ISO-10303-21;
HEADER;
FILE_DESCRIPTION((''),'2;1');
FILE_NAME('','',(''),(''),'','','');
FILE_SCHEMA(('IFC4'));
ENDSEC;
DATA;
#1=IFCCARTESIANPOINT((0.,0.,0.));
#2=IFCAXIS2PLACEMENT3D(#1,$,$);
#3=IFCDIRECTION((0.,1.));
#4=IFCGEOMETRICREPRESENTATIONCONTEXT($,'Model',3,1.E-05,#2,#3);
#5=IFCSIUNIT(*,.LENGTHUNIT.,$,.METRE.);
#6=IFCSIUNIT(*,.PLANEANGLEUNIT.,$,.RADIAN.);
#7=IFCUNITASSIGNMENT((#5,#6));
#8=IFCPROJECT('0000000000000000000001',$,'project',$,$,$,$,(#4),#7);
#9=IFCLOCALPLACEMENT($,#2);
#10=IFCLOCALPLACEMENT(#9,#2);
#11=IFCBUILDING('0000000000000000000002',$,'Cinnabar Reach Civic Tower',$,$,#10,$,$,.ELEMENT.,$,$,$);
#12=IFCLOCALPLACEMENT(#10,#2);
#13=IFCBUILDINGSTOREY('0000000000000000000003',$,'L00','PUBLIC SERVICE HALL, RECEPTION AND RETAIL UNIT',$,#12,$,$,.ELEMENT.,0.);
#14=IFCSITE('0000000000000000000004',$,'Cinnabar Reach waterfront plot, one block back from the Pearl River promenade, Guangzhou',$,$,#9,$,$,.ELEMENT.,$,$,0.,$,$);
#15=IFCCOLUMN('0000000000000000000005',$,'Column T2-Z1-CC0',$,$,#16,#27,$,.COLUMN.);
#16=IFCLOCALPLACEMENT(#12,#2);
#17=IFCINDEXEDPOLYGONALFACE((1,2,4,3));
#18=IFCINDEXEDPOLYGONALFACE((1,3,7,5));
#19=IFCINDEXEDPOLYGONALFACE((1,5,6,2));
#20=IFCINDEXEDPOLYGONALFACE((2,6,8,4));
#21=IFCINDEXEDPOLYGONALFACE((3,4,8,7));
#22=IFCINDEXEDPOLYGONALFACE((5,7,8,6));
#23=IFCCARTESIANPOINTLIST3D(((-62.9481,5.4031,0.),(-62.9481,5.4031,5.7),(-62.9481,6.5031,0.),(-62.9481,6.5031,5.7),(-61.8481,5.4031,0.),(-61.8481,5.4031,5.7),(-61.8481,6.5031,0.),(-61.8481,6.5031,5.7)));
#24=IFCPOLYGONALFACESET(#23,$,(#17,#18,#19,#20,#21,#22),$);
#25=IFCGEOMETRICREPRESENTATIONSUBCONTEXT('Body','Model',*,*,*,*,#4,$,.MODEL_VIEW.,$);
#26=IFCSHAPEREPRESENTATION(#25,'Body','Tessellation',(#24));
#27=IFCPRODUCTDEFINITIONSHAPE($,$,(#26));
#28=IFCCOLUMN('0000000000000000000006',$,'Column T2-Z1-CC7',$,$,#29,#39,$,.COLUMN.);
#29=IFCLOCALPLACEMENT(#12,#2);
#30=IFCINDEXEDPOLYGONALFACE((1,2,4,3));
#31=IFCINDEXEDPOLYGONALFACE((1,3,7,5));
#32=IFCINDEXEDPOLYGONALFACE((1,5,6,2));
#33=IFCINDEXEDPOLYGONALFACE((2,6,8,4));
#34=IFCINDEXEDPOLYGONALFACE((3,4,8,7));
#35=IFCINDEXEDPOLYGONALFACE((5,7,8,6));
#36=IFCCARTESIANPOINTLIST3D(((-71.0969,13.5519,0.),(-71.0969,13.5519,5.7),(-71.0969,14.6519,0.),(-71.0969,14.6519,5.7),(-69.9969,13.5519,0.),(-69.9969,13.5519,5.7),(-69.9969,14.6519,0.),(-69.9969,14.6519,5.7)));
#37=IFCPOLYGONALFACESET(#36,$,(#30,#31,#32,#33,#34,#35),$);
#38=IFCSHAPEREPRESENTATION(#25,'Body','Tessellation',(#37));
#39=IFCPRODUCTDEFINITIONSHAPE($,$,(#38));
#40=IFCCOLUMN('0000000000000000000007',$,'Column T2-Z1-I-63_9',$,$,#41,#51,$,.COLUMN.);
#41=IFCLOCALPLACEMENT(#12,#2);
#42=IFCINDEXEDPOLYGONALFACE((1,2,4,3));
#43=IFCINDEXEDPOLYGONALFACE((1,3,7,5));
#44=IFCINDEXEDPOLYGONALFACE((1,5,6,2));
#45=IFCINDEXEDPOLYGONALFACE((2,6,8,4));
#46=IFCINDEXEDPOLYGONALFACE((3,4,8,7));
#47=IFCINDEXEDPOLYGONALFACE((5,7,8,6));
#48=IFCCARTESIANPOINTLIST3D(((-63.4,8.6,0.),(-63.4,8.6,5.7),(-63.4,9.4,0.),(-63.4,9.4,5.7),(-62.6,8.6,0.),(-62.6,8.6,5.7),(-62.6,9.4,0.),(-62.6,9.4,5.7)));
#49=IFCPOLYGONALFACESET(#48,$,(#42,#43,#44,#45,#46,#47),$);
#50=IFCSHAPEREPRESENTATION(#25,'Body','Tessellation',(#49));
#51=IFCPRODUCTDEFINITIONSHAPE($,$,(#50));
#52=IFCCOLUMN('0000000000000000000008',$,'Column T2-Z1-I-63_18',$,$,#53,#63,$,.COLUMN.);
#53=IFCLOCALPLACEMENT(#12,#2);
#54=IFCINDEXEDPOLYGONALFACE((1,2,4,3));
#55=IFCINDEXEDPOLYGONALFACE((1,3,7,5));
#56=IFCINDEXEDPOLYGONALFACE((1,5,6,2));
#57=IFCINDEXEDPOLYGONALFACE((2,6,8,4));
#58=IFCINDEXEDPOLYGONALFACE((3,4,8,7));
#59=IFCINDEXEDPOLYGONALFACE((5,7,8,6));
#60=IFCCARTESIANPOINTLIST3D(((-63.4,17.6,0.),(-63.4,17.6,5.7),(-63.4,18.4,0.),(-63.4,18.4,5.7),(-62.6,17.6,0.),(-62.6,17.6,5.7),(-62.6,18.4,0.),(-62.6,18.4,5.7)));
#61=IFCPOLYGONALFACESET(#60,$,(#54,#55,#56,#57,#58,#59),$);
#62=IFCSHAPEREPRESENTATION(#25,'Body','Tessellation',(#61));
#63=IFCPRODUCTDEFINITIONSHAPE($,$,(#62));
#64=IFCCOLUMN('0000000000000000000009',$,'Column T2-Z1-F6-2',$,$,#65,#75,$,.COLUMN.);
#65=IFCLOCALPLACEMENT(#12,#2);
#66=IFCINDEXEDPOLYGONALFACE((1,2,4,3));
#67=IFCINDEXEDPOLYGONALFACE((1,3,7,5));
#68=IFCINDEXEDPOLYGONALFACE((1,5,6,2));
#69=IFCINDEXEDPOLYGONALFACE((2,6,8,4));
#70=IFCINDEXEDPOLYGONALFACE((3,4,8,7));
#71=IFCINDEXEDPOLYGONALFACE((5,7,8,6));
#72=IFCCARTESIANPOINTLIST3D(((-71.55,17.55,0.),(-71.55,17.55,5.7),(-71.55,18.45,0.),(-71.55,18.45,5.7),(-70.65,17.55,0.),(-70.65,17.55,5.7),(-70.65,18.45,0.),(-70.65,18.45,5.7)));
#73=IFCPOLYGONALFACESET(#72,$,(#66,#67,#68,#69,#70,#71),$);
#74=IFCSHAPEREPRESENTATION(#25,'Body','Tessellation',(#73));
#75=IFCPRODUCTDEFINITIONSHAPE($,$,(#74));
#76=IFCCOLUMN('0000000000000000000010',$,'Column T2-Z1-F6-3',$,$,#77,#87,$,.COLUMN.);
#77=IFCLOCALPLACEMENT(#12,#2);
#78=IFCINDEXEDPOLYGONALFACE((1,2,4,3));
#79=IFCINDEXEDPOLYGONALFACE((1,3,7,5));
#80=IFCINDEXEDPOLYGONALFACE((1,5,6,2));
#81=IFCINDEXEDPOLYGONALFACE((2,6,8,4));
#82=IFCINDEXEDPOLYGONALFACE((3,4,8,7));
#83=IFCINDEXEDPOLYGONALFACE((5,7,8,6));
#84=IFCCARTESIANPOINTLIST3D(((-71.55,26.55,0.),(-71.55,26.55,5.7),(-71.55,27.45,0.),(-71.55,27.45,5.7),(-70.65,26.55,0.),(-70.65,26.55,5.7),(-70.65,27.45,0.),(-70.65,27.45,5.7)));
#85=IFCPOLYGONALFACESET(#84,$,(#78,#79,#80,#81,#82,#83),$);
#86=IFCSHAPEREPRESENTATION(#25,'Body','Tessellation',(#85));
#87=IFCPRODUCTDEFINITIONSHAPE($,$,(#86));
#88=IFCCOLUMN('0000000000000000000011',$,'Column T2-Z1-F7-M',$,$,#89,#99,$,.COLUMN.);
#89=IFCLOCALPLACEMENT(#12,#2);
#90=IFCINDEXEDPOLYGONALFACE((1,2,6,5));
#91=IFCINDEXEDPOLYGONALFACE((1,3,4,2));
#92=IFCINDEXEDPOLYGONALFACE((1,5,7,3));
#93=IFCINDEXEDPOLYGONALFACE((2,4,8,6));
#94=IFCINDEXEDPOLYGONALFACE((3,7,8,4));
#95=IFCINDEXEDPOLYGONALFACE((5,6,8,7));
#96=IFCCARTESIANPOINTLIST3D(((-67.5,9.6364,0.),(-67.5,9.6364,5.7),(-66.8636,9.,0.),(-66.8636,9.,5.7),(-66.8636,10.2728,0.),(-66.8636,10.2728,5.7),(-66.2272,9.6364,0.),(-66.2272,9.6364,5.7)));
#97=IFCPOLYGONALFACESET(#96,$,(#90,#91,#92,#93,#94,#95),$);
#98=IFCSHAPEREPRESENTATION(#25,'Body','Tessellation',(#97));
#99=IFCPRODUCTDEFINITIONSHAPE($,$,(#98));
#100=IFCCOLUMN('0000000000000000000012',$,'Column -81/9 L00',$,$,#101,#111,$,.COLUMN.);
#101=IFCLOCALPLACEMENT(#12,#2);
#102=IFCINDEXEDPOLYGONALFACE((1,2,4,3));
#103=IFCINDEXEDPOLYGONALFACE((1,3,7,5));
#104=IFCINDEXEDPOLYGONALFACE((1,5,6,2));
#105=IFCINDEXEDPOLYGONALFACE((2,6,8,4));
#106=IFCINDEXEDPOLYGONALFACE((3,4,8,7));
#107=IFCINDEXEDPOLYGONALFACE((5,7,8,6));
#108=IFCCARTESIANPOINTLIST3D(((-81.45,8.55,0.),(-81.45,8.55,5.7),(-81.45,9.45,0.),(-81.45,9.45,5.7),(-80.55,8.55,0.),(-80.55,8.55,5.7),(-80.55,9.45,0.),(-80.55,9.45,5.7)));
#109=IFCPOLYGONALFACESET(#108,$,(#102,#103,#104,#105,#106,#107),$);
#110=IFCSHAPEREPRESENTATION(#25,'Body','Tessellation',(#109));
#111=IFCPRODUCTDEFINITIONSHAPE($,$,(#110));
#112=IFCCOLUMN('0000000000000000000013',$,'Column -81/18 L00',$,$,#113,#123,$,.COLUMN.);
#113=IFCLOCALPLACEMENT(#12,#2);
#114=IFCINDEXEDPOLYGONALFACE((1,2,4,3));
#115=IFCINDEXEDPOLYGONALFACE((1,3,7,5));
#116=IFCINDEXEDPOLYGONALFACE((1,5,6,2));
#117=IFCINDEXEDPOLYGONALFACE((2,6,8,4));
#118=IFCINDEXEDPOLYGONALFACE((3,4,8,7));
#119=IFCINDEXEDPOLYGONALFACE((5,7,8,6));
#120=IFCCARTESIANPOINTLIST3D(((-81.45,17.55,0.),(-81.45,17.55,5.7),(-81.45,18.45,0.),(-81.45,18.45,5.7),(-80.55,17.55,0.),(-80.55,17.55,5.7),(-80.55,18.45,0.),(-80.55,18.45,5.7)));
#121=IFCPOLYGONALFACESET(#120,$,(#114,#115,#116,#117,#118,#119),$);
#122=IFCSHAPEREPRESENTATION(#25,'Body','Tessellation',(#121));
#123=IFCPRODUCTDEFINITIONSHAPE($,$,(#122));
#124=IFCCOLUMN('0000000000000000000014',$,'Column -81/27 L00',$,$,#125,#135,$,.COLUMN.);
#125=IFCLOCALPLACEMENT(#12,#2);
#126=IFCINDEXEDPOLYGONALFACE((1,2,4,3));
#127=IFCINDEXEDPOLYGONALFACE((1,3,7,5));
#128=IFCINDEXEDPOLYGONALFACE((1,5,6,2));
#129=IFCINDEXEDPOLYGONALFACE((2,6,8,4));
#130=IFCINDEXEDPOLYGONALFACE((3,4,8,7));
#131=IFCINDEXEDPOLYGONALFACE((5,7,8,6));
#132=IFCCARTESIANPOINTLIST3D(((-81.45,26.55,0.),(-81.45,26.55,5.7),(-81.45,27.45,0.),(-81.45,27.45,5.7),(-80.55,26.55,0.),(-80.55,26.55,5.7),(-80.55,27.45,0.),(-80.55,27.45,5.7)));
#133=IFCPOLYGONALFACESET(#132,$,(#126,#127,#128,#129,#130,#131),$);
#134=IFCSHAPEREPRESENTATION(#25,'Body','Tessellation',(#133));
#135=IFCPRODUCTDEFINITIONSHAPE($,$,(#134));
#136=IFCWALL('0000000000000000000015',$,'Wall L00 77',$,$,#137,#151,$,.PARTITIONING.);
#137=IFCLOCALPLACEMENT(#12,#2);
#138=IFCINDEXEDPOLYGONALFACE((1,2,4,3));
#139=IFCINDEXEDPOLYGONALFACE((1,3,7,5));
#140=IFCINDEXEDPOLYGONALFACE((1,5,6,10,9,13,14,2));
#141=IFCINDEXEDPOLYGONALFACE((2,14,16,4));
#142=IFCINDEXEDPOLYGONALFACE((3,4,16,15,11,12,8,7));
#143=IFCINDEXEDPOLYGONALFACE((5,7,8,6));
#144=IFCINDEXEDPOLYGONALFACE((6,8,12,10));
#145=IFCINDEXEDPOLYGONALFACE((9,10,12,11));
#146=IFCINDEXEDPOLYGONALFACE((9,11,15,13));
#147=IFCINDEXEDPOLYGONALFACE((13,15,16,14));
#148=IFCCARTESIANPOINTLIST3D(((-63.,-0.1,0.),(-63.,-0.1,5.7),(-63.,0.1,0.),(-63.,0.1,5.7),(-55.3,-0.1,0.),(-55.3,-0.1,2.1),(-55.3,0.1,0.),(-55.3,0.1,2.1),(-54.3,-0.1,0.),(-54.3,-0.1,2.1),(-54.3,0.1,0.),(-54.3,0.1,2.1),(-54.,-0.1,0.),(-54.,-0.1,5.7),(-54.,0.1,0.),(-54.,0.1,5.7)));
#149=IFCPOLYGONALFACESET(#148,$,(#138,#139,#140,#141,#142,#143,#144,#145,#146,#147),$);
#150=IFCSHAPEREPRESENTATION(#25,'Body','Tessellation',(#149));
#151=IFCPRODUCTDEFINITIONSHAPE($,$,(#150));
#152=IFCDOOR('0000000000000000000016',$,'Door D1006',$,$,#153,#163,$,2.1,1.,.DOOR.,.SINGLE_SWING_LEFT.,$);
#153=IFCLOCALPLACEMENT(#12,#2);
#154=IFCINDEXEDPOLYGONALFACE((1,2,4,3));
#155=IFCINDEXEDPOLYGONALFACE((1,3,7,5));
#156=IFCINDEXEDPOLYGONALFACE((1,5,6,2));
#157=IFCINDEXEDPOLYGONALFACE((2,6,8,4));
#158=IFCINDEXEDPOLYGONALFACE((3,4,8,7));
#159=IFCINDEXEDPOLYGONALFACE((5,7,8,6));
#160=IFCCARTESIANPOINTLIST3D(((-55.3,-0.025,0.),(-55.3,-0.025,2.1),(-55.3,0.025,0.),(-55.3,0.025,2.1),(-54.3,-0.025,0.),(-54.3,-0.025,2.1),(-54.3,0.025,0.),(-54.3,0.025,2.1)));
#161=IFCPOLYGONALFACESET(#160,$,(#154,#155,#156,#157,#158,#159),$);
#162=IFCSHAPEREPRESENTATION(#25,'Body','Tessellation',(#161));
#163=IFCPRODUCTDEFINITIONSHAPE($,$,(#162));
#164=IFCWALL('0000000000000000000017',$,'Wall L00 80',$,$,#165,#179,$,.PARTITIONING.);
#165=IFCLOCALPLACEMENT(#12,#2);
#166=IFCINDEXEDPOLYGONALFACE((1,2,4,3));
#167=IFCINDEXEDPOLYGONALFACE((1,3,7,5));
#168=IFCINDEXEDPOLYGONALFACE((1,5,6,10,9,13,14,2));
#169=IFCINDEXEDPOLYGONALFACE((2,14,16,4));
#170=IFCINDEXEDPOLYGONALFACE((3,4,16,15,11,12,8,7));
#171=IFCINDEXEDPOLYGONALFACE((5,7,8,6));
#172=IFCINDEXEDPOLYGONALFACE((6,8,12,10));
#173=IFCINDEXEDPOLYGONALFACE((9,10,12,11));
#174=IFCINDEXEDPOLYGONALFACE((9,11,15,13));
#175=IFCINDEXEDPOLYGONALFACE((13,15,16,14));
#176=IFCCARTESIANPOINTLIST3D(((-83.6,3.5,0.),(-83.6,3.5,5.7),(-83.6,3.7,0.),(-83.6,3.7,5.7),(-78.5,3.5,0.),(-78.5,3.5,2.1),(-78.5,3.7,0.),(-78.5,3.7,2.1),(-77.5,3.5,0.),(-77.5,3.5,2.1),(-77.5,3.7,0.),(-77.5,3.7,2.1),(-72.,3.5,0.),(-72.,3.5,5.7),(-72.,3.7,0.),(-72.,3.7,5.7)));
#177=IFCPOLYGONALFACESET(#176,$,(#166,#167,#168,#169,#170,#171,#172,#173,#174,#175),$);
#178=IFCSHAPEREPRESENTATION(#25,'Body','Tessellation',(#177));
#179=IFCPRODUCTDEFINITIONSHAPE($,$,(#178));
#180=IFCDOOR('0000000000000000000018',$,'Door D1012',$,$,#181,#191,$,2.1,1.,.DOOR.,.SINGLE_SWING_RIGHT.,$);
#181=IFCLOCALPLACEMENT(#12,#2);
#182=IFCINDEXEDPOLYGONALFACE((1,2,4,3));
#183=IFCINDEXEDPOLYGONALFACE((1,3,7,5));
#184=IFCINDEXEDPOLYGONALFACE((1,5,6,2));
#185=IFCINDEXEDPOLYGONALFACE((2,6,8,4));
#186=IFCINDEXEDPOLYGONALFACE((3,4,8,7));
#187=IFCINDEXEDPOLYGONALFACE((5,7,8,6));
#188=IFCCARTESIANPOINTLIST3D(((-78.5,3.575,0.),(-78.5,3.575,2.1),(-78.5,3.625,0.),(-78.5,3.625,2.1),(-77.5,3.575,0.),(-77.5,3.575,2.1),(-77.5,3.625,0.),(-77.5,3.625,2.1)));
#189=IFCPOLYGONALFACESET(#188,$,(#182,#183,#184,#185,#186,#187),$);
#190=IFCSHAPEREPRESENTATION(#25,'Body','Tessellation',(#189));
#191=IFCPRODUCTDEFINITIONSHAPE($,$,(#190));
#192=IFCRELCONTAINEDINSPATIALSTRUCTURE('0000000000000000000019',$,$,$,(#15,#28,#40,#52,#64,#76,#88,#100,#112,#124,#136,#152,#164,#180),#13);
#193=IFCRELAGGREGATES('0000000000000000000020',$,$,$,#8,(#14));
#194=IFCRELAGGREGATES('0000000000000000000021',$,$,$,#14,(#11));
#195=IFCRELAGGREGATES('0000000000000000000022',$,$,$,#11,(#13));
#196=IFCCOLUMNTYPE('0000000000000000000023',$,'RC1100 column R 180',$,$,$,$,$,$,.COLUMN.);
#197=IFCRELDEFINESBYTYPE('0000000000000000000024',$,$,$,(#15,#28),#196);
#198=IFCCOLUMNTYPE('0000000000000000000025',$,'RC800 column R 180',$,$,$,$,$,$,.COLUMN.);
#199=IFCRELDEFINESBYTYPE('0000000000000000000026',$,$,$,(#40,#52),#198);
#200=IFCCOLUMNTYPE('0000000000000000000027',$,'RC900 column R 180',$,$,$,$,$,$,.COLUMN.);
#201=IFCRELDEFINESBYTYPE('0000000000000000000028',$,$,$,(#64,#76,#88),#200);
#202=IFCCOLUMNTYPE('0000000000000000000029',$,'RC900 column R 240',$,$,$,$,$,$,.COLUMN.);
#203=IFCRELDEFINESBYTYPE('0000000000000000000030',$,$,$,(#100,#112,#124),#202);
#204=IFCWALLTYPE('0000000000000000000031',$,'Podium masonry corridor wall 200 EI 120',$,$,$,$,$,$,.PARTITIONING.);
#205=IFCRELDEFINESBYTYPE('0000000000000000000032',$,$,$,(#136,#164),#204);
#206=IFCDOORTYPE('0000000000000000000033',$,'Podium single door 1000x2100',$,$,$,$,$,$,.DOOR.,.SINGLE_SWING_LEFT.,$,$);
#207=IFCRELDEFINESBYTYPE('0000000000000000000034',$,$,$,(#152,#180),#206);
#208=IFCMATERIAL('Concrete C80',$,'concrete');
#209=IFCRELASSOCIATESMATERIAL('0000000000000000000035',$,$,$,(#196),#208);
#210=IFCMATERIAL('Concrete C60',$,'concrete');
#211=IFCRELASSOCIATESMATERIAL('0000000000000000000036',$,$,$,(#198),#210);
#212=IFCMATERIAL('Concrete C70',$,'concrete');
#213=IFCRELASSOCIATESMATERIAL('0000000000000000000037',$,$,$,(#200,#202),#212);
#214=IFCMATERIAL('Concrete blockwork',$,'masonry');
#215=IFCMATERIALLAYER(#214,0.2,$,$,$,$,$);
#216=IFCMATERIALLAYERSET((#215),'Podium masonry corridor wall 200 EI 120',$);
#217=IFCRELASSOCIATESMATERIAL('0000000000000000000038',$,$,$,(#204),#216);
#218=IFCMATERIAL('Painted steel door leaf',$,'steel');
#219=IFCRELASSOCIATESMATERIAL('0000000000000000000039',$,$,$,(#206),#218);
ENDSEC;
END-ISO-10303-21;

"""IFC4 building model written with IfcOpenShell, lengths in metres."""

from ifc_helpers import new_model, si_unit, direction, frame, frame_2d, origin, origin_2d, place, context, subcontext, project, spatial, rectangle, extrude, material, layer, layer_set, material_profile, profile_set, type_object, element, fill, save


model = new_model("IFC4")

# Units and contexts
model_context = context("Model", 3, precision=1e-05, world=origin(), true_north=direction((0.0, 1.0)))
body_context = subcontext(model_context, "Body", "Model", "MODEL_VIEW")
ifc_project = project(units=[si_unit("LENGTHUNIT", "METRE"), si_unit("PLANEANGLEUNIT", "RADIAN")], contexts=[model_context])

# Site, building, storey
site_placement = place(None, origin())
site = spatial("IfcSite", under=ifc_project, at=site_placement, Name="Cinnabar Reach waterfront plot, one block back from the Pearl River promenade, Guangzhou", CompositionType="ELEMENT", RefElevation=0.0)
building_placement = place(site_placement, origin())
building = spatial("IfcBuilding", under=site, at=building_placement, Name="Cinnabar Reach Civic Tower", CompositionType="ELEMENT")
storey_placement = place(building_placement, origin())
storey = spatial("IfcBuildingStorey", under=building, at=storey_placement, Name="L00", Description="PUBLIC SERVICE HALL, RECEPTION AND RETAIL UNIT", CompositionType="ELEMENT", Elevation=0.0)

# Columns
ifc_material_1 = material(Name="Concrete C80", Category="concrete")
ifc_material_profile_1 = material_profile(ifc_material_1, rectangle(XDim=1.1, YDim=1.1, at=origin_2d()), Name="RC1100")
ifc_profile_set_1 = profile_set([ifc_material_profile_1], Name="Concrete C80")
column_type_1 = type_object("IfcColumnType", Name="RC1100 column R 180", PredefinedType="COLUMN", material=ifc_profile_set_1)
for number, where, z_axis, x_axis, name in (
    (1, (-62.3981, 5.9531, 0.0), (0.0, 0.0, 1.0), (1.0, 0.0, 0.0), "Column T2-Z1-CC0"),
    (2, (-70.5469, 14.1019, 0.0), (0.0, 0.0, 1.0), (1.0, 0.0, 0.0), "Column T2-Z1-CC7"),
):
    element("IfcColumn", number, at=place(storey_placement, frame(where, z_axis=z_axis, x_axis=x_axis)), inside=storey, type_object=column_type_1, Name=name, PredefinedType="COLUMN", context=body_context, shape_type="SweptSolid", body=[
        extrude(rectangle(XDim=1.1, YDim=1.1, at=origin_2d()), origin(), (0.0, 0.0, 1.0), 5.7),
    ])
ifc_material_2 = material(Name="Concrete C60", Category="concrete")
ifc_material_profile_2 = material_profile(ifc_material_2, rectangle(XDim=0.8, YDim=0.8, at=origin_2d()), Name="RC800")
ifc_profile_set_2 = profile_set([ifc_material_profile_2], Name="Concrete C60")
column_type_2 = type_object("IfcColumnType", Name="RC800 column R 180", PredefinedType="COLUMN", material=ifc_profile_set_2)
for number, where, z_axis, x_axis, name in (
    (3, (-63.0, 9.0, 0.0), (0.0, 0.0, 1.0), (1.0, 0.0, 0.0), "Column T2-Z1-I-63_9"),
    (4, (-63.0, 18.0, 0.0), (0.0, 0.0, 1.0), (1.0, 0.0, 0.0), "Column T2-Z1-I-63_18"),
):
    element("IfcColumn", number, at=place(storey_placement, frame(where, z_axis=z_axis, x_axis=x_axis)), inside=storey, type_object=column_type_2, Name=name, PredefinedType="COLUMN", context=body_context, shape_type="SweptSolid", body=[
        extrude(rectangle(XDim=0.8, YDim=0.8, at=origin_2d()), origin(), (0.0, 0.0, 1.0), 5.7),
    ])
ifc_material_3 = material(Name="Concrete C70", Category="concrete")
ifc_material_profile_3 = material_profile(ifc_material_3, rectangle(XDim=0.9, YDim=0.9, at=origin_2d()), Name="RC900")
ifc_profile_set_3 = profile_set([ifc_material_profile_3], Name="Concrete C70")
column_type_3 = type_object("IfcColumnType", Name="RC900 column R 180", PredefinedType="COLUMN", material=ifc_profile_set_3)
for number, where, z_axis, x_axis, name in (
    (5, (-71.1, 18.0, 0.0), (0.0, 0.0, 1.0), (1.0, 0.0, 0.0), "Column T2-Z1-F6-2"),
    (6, (-71.1, 27.0, 0.0), (0.0, 0.0, 1.0), (1.0, 0.0, 0.0), "Column T2-Z1-F6-3"),
    (7, (-66.8636, 9.6364, 0.0), (0.0, 0.0, 1.0), (0.707107, 0.707107, 0.0), "Column T2-Z1-F7-M"),
):
    element("IfcColumn", number, at=place(storey_placement, frame(where, z_axis=z_axis, x_axis=x_axis)), inside=storey, type_object=column_type_3, Name=name, PredefinedType="COLUMN", context=body_context, shape_type="SweptSolid", body=[
        extrude(rectangle(XDim=0.9, YDim=0.9, at=origin_2d()), origin(), (0.0, 0.0, 1.0), 5.7),
    ])
ifc_material_profile_4 = material_profile(ifc_material_3, rectangle(XDim=0.9, YDim=0.9, at=origin_2d()), Name="RC900")
ifc_profile_set_4 = profile_set([ifc_material_profile_4], Name="Concrete C70")
column_type_4 = type_object("IfcColumnType", Name="RC900 column R 240", PredefinedType="COLUMN", material=ifc_profile_set_4)
for number, where, z_axis, x_axis, name in (
    (8, (-81.0, 9.0, 0.0), (0.0, 0.0, 1.0), (1.0, 0.0, 0.0), "Column -81/9 L00"),
    (9, (-81.0, 18.0, 0.0), (0.0, 0.0, 1.0), (1.0, 0.0, 0.0), "Column -81/18 L00"),
    (10, (-81.0, 27.0, 0.0), (0.0, 0.0, 1.0), (1.0, 0.0, 0.0), "Column -81/27 L00"),
):
    element("IfcColumn", number, at=place(storey_placement, frame(where, z_axis=z_axis, x_axis=x_axis)), inside=storey, type_object=column_type_4, Name=name, PredefinedType="COLUMN", context=body_context, shape_type="SweptSolid", body=[
        extrude(rectangle(XDim=0.9, YDim=0.9, at=origin_2d()), origin(), (0.0, 0.0, 1.0), 5.7),
    ])

# Walls, openings, doors
ifc_material_4 = material(Name="Concrete blockwork", Category="masonry")
ifc_layer_1 = layer(ifc_material_4, 0.2)
ifc_layer_set_1 = layer_set([ifc_layer_1], Name="Podium masonry corridor wall 200 EI 120")
wall_type_1 = type_object("IfcWallType", Name="Podium masonry corridor wall 200 EI 120", PredefinedType="PARTITIONING", material=ifc_layer_set_1)
wall_1_placement = place(storey_placement, frame((-63.0, 0.0, 0.0), z_axis=(0.0, 0.0, 1.0), x_axis=(1.0, 0.0, 0.0)))
wall_1 = element("IfcWall", 11, at=wall_1_placement, inside=storey, type_object=wall_type_1, Name="Wall L00 77", PredefinedType="PARTITIONING", context=body_context, shape_type="SweptSolid", body=[
    extrude(rectangle(XDim=9.0, YDim=0.2, at=frame_2d((4.5, 0.0))), origin(), (0.0, 0.0, 1.0), 5.7),
])
opening_1_placement = place(wall_1_placement, frame((7.7, 0.0, 0.0)))
opening_1 = element("IfcOpeningElement", 12, at=opening_1_placement, cuts=wall_1, PredefinedType="OPENING", context=body_context, shape_type="SweptSolid", body=[
    extrude(rectangle(XDim=1.0, YDim=2.1, at=frame_2d((0.5, 1.05))), frame((0.0, 0.11, 0.0), z_axis=(0.0, -1.0, 0.0), x_axis=(1.0, 0.0, 0.0)), (0.0, 0.0, 1.0), 0.22),
])
ifc_material_5 = material(Name="Painted steel door leaf", Category="steel")
door_type_1 = type_object("IfcDoorType", Name="Podium single door 1000x2100", OperationType="SINGLE_SWING_LEFT", PredefinedType="DOOR", material=ifc_material_5)
door_1_placement = place(opening_1_placement, frame((1.0, 0.0, 0.0), z_axis=(0.0, 0.0, 1.0), x_axis=(-1.0, 0.0, 0.0)))
door_1 = element("IfcDoor", 13, at=door_1_placement, inside=storey, type_object=door_type_1, Name="Door D1006", OperationType="SINGLE_SWING_LEFT", OverallHeight=2.1, OverallWidth=1.0, PredefinedType="DOOR", context=body_context, shape_type="SweptSolid", body=[
    extrude(rectangle(XDim=1.0, YDim=2.1, at=frame_2d((0.5, 1.05))), frame((0.0, 0.025, 0.0), z_axis=(0.0, -1.0, 0.0), x_axis=(1.0, 0.0, 0.0)), (0.0, 0.0, 1.0), 0.05),
])
fill(opening_1, door_1)
wall_2_placement = place(storey_placement, frame((-83.6, 3.6, 0.0), z_axis=(0.0, 0.0, 1.0), x_axis=(1.0, 0.0, 0.0)))
wall_2 = element("IfcWall", 14, at=wall_2_placement, inside=storey, type_object=wall_type_1, Name="Wall L00 80", PredefinedType="PARTITIONING", context=body_context, shape_type="SweptSolid", body=[
    extrude(rectangle(XDim=11.6, YDim=0.2, at=frame_2d((5.8, 0.0))), origin(), (0.0, 0.0, 1.0), 5.7),
])
opening_2_placement = place(wall_2_placement, frame((5.1, 0.0, 0.0)))
opening_2 = element("IfcOpeningElement", 15, at=opening_2_placement, cuts=wall_2, PredefinedType="OPENING", context=body_context, shape_type="SweptSolid", body=[
    extrude(rectangle(XDim=1.0, YDim=2.1, at=frame_2d((0.5, 1.05))), frame((0.0, 0.11, 0.0), z_axis=(0.0, -1.0, 0.0), x_axis=(1.0, 0.0, 0.0)), (0.0, 0.0, 1.0), 0.22),
])
door_2_placement = place(opening_2_placement, origin())
door_2 = element("IfcDoor", 16, at=door_2_placement, inside=storey, type_object=door_type_1, Name="Door D1012", OperationType="SINGLE_SWING_RIGHT", OverallHeight=2.1, OverallWidth=1.0, PredefinedType="DOOR", context=body_context, shape_type="SweptSolid", body=[
    extrude(rectangle(XDim=1.0, YDim=2.1, at=frame_2d((0.5, 1.05))), frame((0.0, 0.025, 0.0), z_axis=(0.0, -1.0, 0.0), x_axis=(1.0, 0.0, 0.0)), (0.0, 0.0, 1.0), 0.05),
])
fill(opening_2, door_2)

save(model, "model.ifc")
